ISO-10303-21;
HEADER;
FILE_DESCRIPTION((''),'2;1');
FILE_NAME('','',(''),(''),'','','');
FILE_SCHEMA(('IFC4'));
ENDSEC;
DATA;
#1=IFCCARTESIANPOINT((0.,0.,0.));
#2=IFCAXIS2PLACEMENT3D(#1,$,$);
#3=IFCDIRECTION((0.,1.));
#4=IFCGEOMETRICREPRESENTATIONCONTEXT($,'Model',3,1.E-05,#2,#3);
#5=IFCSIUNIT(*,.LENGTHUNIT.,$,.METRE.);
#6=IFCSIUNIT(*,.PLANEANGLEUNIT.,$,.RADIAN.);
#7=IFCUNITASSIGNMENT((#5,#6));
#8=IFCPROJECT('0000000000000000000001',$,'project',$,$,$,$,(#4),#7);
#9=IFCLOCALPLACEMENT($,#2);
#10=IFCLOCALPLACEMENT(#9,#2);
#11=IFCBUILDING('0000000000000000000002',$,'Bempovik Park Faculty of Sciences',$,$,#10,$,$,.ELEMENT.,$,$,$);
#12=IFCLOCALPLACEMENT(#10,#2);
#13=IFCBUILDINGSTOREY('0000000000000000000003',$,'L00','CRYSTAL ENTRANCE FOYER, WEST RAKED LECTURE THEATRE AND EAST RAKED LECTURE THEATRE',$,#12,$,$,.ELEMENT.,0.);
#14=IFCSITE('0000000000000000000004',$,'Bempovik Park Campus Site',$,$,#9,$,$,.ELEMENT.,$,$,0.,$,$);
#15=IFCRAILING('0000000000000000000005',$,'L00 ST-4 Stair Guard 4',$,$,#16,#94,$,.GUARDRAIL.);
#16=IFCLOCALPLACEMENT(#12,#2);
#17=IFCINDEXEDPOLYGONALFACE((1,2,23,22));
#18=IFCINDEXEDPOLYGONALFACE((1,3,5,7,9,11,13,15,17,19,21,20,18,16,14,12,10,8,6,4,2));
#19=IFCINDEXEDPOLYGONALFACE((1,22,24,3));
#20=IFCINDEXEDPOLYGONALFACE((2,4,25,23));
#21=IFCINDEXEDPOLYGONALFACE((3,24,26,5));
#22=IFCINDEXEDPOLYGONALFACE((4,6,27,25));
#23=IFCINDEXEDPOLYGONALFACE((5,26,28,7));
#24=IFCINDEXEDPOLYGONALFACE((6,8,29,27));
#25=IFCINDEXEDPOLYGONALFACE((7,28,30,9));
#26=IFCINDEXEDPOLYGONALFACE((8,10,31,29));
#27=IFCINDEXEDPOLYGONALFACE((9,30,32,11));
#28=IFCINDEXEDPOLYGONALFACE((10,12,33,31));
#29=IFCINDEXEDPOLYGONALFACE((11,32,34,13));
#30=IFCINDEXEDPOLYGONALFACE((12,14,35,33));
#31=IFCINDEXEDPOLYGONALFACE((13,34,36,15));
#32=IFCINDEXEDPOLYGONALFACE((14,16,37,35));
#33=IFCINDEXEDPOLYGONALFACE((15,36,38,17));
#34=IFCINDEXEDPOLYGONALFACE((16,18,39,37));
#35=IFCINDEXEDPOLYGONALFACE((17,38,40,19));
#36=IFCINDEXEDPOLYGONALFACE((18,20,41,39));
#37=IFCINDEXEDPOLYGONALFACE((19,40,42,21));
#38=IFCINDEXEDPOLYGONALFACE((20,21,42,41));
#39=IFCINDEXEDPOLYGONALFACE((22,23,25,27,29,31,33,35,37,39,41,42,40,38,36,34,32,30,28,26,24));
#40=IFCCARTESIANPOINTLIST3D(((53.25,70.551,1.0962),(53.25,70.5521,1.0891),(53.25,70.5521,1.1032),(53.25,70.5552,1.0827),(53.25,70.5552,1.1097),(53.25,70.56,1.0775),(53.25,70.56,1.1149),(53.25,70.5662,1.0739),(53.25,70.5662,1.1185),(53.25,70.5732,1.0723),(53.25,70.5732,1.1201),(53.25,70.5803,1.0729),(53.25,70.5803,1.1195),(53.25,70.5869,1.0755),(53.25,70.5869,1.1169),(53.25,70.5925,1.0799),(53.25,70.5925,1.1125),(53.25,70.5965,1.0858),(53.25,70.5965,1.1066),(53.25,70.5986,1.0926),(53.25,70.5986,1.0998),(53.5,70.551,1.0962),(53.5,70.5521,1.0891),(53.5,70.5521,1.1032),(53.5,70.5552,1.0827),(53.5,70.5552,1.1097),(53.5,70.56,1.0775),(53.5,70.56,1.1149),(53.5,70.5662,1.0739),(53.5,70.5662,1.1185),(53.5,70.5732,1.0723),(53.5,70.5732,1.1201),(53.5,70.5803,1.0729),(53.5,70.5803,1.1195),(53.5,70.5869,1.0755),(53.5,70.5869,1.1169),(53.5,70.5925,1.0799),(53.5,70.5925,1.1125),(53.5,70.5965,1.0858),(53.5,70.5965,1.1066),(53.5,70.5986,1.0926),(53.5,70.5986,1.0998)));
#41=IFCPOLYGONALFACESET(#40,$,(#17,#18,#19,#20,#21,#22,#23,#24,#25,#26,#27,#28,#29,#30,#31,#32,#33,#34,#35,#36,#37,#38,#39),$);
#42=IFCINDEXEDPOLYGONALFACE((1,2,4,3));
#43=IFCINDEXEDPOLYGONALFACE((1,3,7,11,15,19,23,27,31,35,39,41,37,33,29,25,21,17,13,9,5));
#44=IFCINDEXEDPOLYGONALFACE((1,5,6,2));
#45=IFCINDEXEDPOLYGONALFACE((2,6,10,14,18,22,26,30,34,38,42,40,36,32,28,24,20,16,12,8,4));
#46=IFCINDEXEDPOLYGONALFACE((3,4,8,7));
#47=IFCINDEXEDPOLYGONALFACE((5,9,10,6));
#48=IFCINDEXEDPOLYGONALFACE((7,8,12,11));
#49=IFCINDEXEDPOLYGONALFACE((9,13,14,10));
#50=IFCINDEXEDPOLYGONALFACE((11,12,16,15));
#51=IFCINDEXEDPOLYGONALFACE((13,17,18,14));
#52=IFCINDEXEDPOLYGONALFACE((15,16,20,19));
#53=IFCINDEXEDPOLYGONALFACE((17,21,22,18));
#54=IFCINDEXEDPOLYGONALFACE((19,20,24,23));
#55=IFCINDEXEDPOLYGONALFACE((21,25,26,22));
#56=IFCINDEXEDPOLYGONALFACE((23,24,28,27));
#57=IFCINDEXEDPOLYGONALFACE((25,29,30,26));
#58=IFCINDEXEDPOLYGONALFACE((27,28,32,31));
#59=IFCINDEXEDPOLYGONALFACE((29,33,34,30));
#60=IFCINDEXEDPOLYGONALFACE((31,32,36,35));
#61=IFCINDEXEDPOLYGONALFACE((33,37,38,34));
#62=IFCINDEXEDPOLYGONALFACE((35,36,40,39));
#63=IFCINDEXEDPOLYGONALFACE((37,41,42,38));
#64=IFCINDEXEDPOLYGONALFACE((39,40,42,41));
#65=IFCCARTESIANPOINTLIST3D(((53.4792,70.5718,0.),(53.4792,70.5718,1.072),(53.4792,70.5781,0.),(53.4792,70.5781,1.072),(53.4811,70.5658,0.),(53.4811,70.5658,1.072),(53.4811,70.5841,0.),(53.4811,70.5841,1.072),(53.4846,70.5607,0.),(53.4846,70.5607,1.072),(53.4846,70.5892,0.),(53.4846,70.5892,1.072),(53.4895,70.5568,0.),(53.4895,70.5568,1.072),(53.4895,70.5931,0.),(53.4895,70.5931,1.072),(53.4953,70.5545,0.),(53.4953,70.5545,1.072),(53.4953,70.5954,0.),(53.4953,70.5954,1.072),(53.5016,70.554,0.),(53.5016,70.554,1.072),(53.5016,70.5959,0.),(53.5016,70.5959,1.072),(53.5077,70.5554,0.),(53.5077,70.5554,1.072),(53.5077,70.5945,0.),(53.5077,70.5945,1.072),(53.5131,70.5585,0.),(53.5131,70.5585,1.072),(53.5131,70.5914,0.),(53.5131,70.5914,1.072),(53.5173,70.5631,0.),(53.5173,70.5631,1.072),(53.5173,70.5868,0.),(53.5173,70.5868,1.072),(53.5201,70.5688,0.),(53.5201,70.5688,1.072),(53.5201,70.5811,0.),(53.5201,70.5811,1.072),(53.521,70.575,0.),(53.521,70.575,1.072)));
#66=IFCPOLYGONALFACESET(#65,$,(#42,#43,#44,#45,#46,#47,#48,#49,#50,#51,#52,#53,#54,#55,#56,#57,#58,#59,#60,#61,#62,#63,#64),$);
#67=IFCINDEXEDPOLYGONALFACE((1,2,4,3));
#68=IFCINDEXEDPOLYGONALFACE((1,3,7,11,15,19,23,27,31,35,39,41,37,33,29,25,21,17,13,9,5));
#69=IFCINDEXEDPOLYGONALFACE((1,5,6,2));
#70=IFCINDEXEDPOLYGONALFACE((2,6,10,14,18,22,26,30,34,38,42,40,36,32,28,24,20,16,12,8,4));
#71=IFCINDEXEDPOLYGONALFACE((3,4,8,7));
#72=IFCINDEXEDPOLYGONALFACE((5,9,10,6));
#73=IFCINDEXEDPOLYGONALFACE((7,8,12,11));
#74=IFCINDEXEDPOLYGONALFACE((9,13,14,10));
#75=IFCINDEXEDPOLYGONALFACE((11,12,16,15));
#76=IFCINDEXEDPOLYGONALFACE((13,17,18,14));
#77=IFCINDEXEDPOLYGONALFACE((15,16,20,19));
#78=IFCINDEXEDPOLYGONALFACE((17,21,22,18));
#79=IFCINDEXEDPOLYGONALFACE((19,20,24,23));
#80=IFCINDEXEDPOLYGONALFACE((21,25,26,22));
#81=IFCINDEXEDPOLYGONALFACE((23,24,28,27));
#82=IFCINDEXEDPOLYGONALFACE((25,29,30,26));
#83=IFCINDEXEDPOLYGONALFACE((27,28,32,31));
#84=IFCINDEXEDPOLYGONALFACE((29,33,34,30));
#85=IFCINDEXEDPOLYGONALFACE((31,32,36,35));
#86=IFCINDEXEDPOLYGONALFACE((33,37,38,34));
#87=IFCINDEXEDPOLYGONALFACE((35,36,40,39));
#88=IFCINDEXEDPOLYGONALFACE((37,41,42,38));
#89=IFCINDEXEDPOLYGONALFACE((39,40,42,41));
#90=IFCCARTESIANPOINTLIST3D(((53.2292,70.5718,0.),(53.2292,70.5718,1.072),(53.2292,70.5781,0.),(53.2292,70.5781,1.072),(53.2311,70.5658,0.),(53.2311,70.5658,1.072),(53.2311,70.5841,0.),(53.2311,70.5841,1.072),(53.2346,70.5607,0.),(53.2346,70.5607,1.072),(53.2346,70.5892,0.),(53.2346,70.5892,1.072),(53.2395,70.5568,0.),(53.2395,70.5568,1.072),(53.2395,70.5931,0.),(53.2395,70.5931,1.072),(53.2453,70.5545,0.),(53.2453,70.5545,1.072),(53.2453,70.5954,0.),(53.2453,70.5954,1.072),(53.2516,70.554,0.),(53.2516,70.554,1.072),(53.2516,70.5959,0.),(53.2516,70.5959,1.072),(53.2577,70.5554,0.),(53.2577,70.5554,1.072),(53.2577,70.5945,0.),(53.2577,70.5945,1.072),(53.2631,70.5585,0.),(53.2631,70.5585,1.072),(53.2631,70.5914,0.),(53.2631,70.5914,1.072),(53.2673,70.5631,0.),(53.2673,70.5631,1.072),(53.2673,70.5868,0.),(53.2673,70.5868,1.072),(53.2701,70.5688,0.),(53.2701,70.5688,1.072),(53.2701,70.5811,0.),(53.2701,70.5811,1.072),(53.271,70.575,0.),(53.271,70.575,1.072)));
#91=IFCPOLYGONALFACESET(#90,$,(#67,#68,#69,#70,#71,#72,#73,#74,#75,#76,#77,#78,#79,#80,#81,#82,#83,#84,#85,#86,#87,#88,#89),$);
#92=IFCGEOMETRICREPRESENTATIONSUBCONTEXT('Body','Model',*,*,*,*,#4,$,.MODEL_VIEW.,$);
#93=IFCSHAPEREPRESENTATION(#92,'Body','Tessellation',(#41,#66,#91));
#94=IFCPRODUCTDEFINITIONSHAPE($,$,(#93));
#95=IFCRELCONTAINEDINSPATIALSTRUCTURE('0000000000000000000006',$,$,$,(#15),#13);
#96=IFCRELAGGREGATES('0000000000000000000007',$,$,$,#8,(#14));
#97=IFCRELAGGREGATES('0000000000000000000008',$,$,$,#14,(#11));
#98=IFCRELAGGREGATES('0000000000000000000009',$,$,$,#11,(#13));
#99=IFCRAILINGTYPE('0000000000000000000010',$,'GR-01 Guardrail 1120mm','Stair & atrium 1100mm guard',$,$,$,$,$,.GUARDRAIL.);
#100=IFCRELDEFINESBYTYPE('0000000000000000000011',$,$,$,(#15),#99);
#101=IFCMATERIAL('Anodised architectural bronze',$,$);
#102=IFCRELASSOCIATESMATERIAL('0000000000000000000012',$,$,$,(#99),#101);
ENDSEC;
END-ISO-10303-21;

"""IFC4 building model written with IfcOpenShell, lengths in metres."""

from ifc_helpers import new_model, si_unit, direction, frame, origin, origin_2d, place, context, subcontext, project, spatial, circle, extrude, material, type_object, element, save


model = new_model("IFC4")

# Units and contexts
model_context = context("Model", 3, precision=1e-05, world=origin(), true_north=direction((0.0, 1.0)))
body_context = subcontext(model_context, "Body", "Model", "MODEL_VIEW")
ifc_project = project(units=[si_unit("LENGTHUNIT", "METRE"), si_unit("PLANEANGLEUNIT", "RADIAN")], contexts=[model_context])

# Site, building, storey
site_placement = place(None, origin())
site = spatial("IfcSite", under=ifc_project, at=site_placement, Name="Bempovik Park Campus Site", CompositionType="ELEMENT", RefElevation=0.0)
building_placement = place(site_placement, origin())
building = spatial("IfcBuilding", under=site, at=building_placement, Name="Bempovik Park Faculty of Sciences", CompositionType="ELEMENT")
storey_placement = place(building_placement, origin())
storey = spatial("IfcBuildingStorey", under=building, at=storey_placement, Name="L00", Description="CRYSTAL ENTRANCE FOYER, WEST RAKED LECTURE THEATRE AND EAST RAKED LECTURE THEATRE", CompositionType="ELEMENT", Elevation=0.0)

# Railing
ifc_material_1 = material(Name="Anodised architectural bronze")
railing_type = type_object("IfcRailingType", Name="GR-01 Guardrail 1120mm", Description="Stair & atrium 1100mm guard", PredefinedType="GUARDRAIL", material=ifc_material_1)
railing_1_placement = place(storey_placement, frame((53.5, 70.575, 0.0)))
element("IfcRailing", 1, at=railing_1_placement, inside=storey, type_object=railing_type, Name="L00 ST-4 Stair Guard 4", PredefinedType="GUARDRAIL", context=body_context, shape_type="SweptSolid", body=[
    extrude(circle(Radius=0.0239, at=origin_2d()), frame((0.0, 0.0, 1.0962), z_axis=(-1.0, 0.0, 0.0), x_axis=(0.0, -1.0, 0.0)), (0.0, 0.0, 1.0), 0.25),
    extrude(circle(Radius=0.021, at=origin_2d()), origin(), (0.0, 0.0, 1.0), 1.072),
    extrude(circle(Radius=0.021, at=origin_2d()), frame((-0.25, 0.0, 0.0)), (0.0, 0.0, 1.0), 1.072),
])

save(model, "model.ifc")
